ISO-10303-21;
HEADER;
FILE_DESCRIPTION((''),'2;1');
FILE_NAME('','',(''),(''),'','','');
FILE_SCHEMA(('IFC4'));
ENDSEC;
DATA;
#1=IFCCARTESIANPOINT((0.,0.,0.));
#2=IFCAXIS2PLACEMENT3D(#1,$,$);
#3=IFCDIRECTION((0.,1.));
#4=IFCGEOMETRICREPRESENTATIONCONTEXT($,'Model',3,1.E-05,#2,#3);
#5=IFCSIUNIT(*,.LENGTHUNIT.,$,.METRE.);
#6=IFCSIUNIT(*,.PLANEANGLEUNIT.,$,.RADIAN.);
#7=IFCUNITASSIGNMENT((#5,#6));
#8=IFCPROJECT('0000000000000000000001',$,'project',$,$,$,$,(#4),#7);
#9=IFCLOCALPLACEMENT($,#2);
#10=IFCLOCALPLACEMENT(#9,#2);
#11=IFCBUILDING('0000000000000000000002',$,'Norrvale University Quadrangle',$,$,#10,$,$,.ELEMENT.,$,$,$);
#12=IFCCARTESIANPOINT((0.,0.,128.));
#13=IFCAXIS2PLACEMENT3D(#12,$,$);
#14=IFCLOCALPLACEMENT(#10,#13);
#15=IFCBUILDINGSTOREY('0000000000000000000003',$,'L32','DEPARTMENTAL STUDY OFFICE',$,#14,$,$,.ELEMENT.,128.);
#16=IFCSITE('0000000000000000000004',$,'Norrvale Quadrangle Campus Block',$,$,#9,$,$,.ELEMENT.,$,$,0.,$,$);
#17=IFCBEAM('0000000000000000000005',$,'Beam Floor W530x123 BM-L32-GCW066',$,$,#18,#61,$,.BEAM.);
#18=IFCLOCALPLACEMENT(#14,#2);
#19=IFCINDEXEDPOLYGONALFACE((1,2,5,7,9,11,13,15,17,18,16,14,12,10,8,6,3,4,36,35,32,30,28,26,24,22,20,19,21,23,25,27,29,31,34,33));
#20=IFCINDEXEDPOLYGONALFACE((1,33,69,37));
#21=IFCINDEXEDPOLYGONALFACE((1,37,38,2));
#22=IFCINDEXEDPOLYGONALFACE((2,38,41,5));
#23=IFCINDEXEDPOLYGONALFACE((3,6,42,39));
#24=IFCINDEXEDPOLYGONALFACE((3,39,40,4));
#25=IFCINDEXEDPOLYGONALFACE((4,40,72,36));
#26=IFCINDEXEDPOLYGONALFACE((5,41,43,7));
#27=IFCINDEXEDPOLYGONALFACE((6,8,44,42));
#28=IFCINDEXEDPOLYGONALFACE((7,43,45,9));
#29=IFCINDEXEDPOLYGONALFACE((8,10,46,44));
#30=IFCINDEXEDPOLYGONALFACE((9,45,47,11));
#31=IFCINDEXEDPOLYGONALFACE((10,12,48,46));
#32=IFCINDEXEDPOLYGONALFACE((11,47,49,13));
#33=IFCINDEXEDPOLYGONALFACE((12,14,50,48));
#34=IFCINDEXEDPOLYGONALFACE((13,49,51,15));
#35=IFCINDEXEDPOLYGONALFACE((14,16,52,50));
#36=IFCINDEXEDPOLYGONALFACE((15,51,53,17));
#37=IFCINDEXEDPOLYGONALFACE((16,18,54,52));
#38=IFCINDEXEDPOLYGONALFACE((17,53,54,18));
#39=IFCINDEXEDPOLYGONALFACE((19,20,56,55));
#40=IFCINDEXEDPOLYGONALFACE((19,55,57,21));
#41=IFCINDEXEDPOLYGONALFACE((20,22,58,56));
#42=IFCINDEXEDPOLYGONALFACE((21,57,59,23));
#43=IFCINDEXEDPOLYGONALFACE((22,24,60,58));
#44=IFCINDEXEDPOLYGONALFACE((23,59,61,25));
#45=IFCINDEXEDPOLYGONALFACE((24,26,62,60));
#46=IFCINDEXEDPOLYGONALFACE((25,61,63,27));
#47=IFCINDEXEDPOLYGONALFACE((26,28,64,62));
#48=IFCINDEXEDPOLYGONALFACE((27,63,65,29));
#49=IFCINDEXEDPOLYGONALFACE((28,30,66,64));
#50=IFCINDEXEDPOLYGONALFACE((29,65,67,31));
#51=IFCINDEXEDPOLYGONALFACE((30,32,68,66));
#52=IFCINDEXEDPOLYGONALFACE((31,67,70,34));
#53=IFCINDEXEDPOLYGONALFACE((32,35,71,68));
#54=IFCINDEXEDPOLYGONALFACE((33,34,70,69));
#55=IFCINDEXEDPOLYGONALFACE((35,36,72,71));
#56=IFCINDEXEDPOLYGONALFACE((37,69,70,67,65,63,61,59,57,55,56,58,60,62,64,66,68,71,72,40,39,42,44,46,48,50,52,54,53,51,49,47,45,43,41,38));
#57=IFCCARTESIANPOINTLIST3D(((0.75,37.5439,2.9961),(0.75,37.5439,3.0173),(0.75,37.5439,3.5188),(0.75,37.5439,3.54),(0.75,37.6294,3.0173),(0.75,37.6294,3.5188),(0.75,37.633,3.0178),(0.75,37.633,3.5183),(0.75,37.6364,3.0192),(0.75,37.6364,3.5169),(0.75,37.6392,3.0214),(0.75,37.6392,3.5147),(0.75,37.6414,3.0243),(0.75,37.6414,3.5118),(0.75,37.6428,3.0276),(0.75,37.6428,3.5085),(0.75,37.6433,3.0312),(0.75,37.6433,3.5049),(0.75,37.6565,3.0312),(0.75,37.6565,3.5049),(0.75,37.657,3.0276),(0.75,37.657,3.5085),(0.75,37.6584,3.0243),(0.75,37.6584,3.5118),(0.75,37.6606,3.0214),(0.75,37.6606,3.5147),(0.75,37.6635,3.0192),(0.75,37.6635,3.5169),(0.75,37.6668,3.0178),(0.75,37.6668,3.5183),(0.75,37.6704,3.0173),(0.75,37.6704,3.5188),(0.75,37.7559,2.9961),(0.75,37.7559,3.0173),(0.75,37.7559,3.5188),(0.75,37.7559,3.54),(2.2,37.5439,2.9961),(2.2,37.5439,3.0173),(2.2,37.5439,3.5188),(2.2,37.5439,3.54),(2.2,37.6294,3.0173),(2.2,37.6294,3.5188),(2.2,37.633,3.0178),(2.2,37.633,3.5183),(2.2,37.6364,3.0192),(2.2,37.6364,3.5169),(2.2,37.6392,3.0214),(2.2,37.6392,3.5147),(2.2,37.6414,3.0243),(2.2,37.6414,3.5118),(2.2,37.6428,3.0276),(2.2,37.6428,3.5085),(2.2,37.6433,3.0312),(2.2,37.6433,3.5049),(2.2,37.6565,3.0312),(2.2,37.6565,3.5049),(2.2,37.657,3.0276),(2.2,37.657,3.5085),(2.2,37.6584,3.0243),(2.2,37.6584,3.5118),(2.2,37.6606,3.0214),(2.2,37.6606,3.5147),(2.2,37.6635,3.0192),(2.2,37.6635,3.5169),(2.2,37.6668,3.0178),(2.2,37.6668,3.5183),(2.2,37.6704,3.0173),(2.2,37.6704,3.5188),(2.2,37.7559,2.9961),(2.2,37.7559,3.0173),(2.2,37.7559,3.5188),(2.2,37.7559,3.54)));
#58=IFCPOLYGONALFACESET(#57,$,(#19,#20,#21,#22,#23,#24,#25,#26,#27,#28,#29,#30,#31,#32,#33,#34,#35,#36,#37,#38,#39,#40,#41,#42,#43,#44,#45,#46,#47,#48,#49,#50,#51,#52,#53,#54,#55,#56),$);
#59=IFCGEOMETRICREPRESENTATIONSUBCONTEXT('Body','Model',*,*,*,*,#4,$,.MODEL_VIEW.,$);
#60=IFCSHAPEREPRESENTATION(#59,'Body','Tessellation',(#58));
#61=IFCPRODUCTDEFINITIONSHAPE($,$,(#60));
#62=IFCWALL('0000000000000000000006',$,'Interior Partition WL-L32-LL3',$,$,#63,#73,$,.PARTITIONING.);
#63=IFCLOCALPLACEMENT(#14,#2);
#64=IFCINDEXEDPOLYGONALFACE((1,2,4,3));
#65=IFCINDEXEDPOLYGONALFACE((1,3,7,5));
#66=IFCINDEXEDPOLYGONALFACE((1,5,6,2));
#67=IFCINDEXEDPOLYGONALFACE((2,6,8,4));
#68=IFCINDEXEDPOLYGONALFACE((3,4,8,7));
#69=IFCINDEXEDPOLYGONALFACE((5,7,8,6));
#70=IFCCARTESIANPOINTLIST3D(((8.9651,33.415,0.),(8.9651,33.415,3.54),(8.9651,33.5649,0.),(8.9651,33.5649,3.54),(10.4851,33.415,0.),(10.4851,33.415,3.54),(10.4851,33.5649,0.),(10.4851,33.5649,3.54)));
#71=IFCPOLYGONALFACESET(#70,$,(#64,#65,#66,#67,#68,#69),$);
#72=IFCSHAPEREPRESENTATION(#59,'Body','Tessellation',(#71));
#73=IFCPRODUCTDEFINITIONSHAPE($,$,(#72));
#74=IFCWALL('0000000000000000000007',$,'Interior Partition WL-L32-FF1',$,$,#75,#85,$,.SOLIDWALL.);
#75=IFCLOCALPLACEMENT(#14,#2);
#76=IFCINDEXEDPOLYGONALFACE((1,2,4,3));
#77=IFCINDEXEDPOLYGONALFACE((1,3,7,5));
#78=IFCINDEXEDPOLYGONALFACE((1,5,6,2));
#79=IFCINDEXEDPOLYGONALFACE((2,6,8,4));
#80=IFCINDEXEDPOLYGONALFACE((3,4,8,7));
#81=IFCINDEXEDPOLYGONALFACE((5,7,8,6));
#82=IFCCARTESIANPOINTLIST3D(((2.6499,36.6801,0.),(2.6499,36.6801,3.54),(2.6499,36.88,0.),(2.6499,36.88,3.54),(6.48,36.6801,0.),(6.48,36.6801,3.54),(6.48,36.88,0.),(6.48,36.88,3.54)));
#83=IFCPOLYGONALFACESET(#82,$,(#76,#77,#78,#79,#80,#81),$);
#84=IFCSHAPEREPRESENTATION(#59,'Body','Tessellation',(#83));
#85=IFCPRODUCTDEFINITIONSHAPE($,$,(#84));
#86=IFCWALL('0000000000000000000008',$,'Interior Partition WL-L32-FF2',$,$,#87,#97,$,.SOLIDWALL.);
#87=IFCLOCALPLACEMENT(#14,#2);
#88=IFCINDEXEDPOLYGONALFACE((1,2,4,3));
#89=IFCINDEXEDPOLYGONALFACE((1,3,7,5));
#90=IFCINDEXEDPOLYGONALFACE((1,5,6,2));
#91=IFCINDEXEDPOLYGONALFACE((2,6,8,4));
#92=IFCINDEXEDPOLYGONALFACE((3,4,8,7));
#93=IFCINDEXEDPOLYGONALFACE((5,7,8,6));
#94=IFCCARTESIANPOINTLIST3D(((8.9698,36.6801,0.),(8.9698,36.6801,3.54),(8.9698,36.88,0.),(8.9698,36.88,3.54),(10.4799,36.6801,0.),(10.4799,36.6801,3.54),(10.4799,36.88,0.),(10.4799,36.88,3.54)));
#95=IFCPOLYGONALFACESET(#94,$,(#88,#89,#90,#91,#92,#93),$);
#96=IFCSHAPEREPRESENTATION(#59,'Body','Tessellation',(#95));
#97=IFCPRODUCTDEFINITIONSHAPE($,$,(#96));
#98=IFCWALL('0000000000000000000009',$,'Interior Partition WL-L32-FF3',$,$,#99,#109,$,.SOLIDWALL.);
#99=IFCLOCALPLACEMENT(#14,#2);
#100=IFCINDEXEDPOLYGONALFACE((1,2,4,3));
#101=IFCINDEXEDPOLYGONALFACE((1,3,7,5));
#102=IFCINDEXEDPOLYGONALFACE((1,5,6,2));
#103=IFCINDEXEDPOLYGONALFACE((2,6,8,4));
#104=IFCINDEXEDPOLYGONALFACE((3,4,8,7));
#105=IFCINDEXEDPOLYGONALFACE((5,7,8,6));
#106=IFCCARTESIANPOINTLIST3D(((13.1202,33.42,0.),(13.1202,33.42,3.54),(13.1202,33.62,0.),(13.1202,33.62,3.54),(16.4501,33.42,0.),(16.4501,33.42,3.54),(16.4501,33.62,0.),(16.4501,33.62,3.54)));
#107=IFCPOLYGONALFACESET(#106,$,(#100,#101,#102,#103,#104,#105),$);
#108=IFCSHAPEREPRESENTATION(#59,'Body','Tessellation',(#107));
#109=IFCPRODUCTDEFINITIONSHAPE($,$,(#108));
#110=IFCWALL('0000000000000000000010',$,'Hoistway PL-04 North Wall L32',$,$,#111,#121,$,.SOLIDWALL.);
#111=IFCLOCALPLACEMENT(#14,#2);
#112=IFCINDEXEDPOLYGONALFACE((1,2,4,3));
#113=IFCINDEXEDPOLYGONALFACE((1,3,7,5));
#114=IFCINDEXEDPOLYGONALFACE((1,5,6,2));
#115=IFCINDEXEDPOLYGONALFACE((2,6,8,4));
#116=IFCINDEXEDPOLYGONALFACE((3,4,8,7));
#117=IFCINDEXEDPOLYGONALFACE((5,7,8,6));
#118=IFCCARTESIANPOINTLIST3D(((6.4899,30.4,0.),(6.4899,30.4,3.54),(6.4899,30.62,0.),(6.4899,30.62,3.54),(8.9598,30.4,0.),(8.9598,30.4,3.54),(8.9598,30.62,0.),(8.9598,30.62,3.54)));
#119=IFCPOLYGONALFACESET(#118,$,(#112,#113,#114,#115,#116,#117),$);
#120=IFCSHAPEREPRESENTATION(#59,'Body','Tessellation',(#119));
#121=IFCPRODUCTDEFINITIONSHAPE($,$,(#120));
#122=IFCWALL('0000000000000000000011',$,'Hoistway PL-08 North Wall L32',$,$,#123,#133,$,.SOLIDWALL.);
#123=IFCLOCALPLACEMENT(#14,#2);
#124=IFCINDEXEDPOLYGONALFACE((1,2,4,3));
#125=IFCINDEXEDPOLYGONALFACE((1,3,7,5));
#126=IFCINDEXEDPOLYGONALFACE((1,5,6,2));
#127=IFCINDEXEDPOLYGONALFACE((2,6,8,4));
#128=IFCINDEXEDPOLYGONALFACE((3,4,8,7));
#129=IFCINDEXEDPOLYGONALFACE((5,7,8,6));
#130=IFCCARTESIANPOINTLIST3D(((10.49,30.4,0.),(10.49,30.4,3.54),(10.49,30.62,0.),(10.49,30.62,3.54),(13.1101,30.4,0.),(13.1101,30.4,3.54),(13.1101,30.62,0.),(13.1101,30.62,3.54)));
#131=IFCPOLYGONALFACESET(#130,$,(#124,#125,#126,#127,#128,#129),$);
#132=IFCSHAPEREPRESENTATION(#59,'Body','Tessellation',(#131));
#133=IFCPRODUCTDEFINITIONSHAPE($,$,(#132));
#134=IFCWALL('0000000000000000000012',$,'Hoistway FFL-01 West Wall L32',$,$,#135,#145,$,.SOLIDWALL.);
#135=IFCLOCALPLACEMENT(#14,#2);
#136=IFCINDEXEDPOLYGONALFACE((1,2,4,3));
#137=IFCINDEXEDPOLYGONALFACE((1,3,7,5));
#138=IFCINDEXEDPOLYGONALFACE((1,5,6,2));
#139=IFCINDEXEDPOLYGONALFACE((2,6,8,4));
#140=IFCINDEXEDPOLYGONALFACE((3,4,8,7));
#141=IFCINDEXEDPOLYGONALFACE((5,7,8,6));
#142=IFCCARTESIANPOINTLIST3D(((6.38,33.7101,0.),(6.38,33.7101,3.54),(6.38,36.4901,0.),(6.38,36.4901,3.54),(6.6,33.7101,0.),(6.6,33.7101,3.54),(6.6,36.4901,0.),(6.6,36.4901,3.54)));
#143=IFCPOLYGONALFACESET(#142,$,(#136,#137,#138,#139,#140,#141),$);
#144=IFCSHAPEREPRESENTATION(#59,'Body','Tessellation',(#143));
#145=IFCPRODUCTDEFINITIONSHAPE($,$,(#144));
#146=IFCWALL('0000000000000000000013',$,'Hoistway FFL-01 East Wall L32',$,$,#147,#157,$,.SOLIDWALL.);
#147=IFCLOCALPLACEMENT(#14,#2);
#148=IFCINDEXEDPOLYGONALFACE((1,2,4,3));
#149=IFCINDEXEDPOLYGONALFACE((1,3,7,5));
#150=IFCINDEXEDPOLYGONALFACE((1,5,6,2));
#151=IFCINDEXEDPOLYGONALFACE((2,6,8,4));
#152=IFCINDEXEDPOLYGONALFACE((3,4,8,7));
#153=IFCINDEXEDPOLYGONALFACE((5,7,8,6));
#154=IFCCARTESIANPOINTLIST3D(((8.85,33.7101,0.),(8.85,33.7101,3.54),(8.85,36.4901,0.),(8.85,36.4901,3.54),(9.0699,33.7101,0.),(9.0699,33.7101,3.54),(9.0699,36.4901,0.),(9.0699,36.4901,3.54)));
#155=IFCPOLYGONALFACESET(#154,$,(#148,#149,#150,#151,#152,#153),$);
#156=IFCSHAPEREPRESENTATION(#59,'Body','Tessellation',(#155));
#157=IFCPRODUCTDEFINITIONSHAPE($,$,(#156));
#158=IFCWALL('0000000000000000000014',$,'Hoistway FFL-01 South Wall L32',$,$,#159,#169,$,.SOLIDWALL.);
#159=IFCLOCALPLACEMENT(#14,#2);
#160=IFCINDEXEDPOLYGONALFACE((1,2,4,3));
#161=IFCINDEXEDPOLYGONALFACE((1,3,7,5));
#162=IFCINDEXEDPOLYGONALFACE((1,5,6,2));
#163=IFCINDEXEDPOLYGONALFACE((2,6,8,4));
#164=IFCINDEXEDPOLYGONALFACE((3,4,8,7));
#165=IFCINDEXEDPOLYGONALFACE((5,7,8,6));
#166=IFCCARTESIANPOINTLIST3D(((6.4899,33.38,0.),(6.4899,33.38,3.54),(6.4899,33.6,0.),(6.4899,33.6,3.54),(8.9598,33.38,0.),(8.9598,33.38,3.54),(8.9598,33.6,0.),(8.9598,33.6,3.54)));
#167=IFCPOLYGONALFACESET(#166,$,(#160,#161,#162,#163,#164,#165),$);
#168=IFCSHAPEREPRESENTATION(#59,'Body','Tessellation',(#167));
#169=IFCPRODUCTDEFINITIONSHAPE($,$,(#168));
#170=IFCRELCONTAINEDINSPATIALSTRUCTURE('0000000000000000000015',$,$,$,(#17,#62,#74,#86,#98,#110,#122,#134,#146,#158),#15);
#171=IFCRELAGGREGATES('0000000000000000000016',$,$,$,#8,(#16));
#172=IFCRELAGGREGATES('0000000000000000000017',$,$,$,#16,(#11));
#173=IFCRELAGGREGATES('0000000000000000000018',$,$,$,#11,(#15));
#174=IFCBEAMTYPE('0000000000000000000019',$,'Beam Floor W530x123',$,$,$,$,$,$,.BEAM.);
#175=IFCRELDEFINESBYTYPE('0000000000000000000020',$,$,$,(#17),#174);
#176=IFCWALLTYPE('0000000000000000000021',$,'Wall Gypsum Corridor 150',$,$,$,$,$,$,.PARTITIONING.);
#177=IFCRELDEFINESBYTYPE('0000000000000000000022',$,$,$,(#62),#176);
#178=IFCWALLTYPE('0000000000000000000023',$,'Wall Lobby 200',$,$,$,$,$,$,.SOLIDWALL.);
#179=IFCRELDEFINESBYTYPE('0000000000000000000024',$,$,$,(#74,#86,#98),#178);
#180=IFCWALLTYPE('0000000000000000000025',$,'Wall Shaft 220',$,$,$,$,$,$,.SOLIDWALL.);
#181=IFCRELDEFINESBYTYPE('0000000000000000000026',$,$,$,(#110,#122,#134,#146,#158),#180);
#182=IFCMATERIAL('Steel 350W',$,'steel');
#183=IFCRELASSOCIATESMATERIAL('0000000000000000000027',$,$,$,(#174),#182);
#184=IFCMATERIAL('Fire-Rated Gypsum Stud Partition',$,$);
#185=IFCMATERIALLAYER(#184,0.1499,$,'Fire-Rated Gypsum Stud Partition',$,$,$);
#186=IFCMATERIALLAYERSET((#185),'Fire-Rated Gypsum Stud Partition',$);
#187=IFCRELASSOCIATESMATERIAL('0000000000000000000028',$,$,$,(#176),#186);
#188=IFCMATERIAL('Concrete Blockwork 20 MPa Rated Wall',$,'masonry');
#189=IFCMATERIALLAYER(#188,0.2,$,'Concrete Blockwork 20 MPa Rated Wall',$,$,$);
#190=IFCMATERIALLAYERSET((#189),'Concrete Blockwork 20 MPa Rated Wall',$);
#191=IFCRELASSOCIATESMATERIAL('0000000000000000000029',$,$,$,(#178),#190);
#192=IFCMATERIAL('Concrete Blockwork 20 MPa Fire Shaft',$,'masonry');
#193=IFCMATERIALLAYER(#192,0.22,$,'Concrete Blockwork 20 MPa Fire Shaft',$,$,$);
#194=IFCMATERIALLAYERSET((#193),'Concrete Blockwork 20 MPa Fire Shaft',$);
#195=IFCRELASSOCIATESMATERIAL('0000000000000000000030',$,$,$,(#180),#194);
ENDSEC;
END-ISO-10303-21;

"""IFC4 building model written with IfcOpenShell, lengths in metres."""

from ifc_helpers import new_model, si_unit, direction, frame, frame_2d, origin, origin_2d, place, context, subcontext, project, spatial, rectangle, i_section, extrude, material, layer, layer_set, material_profile, profile_set, type_object, element, save


model = new_model("IFC4")

# Units and contexts
model_context = context("Model", 3, precision=1e-05, world=origin(), true_north=direction((0.0, 1.0)))
body_context = subcontext(model_context, "Body", "Model", "MODEL_VIEW")
ifc_project = project(units=[si_unit("LENGTHUNIT", "METRE"), si_unit("PLANEANGLEUNIT", "RADIAN")], contexts=[model_context])

# Site, building, storey
site_placement = place(None, origin())
site = spatial("IfcSite", under=ifc_project, at=site_placement, Name="Norrvale Quadrangle Campus Block", CompositionType="ELEMENT", RefElevation=0.0)
building_placement = place(site_placement, origin())
building = spatial("IfcBuilding", under=site, at=building_placement, Name="Norrvale University Quadrangle", CompositionType="ELEMENT")
storey_placement = place(building_placement, frame((0.0, 0.0, 128.0)))
storey = spatial("IfcBuildingStorey", under=building, at=storey_placement, Name="L32", Description="DEPARTMENTAL STUDY OFFICE", CompositionType="ELEMENT", Elevation=128.0)

# Beam
ifc_material_1 = material(Name="Steel 350W", Category="steel")
ifc_material_profile_1 = material_profile(ifc_material_1, i_section(OverallWidth=0.2119, OverallDepth=0.5439, WebThickness=0.0132, FlangeThickness=0.0212, FilletRadius=0.0139, at=origin_2d()), Name="Steel 350W")
ifc_profile_set_1 = profile_set([ifc_material_profile_1], Name="Steel 350W")
beam_type = type_object("IfcBeamType", Name="Beam Floor W530x123", PredefinedType="BEAM", material=ifc_profile_set_1)
for number, where, z_axis, x_axis, name in (
    (1, (0.75, 37.6499, 3.2681), (1.0, 0.0, 0.0), (0.0, 1.0, 0.0), "Beam Floor W530x123 BM-L32-GCW066"),
):
    element("IfcBeam", number, at=place(storey_placement, frame(where, z_axis=z_axis, x_axis=x_axis)), inside=storey, type_object=beam_type, Name=name, PredefinedType="BEAM", context=body_context, shape_type="SweptSolid", body=[
        extrude(i_section(OverallWidth=0.2119, OverallDepth=0.5439, WebThickness=0.0132, FlangeThickness=0.0212, FilletRadius=0.0139, at=origin_2d()), origin(), (0.0, 0.0, 1.0), 1.45),
    ])

# Walls
ifc_material_2 = material(Name="Fire-Rated Gypsum Stud Partition")
ifc_layer_1 = layer(ifc_material_2, 0.1499, Name="Fire-Rated Gypsum Stud Partition")
ifc_layer_set_1 = layer_set([ifc_layer_1], Name="Fire-Rated Gypsum Stud Partition")
wall_type_1 = type_object("IfcWallType", Name="Wall Gypsum Corridor 150", PredefinedType="PARTITIONING", material=ifc_layer_set_1)
wall_1_placement = place(storey_placement, frame((8.9651, 33.49, 0.0), z_axis=(0.0, 0.0, 1.0), x_axis=(1.0, 0.0, 0.0)))
element("IfcWall", 2, at=wall_1_placement, inside=storey, type_object=wall_type_1, Name="Interior Partition WL-L32-LL3", PredefinedType="PARTITIONING", context=body_context, shape_type="SweptSolid", body=[
    extrude(rectangle(XDim=1.52, YDim=0.1499, at=frame_2d((0.76, 0.0))), origin(), (0.0, 0.0, 1.0), 3.54),
])
ifc_material_3 = material(Name="Concrete Blockwork 20 MPa Rated Wall", Category="masonry")
ifc_layer_2 = layer(ifc_material_3, 0.2, Name="Concrete Blockwork 20 MPa Rated Wall")
ifc_layer_set_2 = layer_set([ifc_layer_2], Name="Concrete Blockwork 20 MPa Rated Wall")
wall_type_2 = type_object("IfcWallType", Name="Wall Lobby 200", PredefinedType="SOLIDWALL", material=ifc_layer_set_2)
wall_2_placement = place(storey_placement, frame((2.6499, 36.78, 0.0), z_axis=(0.0, 0.0, 1.0), x_axis=(1.0, 0.0, 0.0)))
element("IfcWall", 3, at=wall_2_placement, inside=storey, type_object=wall_type_2, Name="Interior Partition WL-L32-FF1", PredefinedType="SOLIDWALL", context=body_context, shape_type="SweptSolid", body=[
    extrude(rectangle(XDim=3.8301, YDim=0.2, at=frame_2d((1.915, 0.0))), origin(), (0.0, 0.0, 1.0), 3.54),
])
wall_3_placement = place(storey_placement, frame((8.97, 36.78, 0.0), z_axis=(0.0, 0.0, 1.0), x_axis=(1.0, 0.0, 0.0)))
element("IfcWall", 4, at=wall_3_placement, inside=storey, type_object=wall_type_2, Name="Interior Partition WL-L32-FF2", PredefinedType="SOLIDWALL", context=body_context, shape_type="SweptSolid", body=[
    extrude(rectangle(XDim=1.51, YDim=0.2, at=frame_2d((0.7549, 0.0))), origin(), (0.0, 0.0, 1.0), 3.54),
])
wall_4_placement = place(storey_placement, frame((13.1201, 33.52, 0.0), z_axis=(0.0, 0.0, 1.0), x_axis=(1.0, 0.0, 0.0)))
element("IfcWall", 5, at=wall_4_placement, inside=storey, type_object=wall_type_2, Name="Interior Partition WL-L32-FF3", PredefinedType="SOLIDWALL", context=body_context, shape_type="SweptSolid", body=[
    extrude(rectangle(XDim=3.3298, YDim=0.2, at=frame_2d((1.665, 0.0))), origin(), (0.0, 0.0, 1.0), 3.54),
])
ifc_material_4 = material(Name="Concrete Blockwork 20 MPa Fire Shaft", Category="masonry")
ifc_layer_3 = layer(ifc_material_4, 0.22, Name="Concrete Blockwork 20 MPa Fire Shaft")
ifc_layer_set_3 = layer_set([ifc_layer_3], Name="Concrete Blockwork 20 MPa Fire Shaft")
wall_type_3 = type_object("IfcWallType", Name="Wall Shaft 220", PredefinedType="SOLIDWALL", material=ifc_layer_set_3)
wall_5_placement = place(storey_placement, frame((6.49, 30.51, 0.0), z_axis=(0.0, 0.0, 1.0), x_axis=(1.0, 0.0, 0.0)))
element("IfcWall", 6, at=wall_5_placement, inside=storey, type_object=wall_type_3, Name="Hoistway PL-04 North Wall L32", PredefinedType="SOLIDWALL", context=body_context, shape_type="SweptSolid", body=[
    extrude(rectangle(XDim=2.47, YDim=0.22, at=frame_2d((1.2349, 0.0))), origin(), (0.0, 0.0, 1.0), 3.54),
])
wall_6_placement = place(storey_placement, frame((10.49, 30.51, 0.0), z_axis=(0.0, 0.0, 1.0), x_axis=(1.0, 0.0, 0.0)))
element("IfcWall", 7, at=wall_6_placement, inside=storey, type_object=wall_type_3, Name="Hoistway PL-08 North Wall L32", PredefinedType="SOLIDWALL", context=body_context, shape_type="SweptSolid", body=[
    extrude(rectangle(XDim=2.6201, YDim=0.22, at=frame_2d((1.3101, 0.0))), origin(), (0.0, 0.0, 1.0), 3.54),
])
for number, where, z_axis, x_axis, name in (
    (8, (6.49, 33.71, 0.0), (0.0, 0.0, 1.0), (0.0, 1.0, 0.0), "Hoistway FFL-01 West Wall L32"),
    (9, (8.96, 33.71, 0.0), (0.0, 0.0, 1.0), (0.0, 1.0, 0.0), "Hoistway FFL-01 East Wall L32"),
):
    element("IfcWall", number, at=place(storey_placement, frame(where, z_axis=z_axis, x_axis=x_axis)), inside=storey, type_object=wall_type_3, Name=name, PredefinedType="SOLIDWALL", context=body_context, shape_type="SweptSolid", body=[
        extrude(rectangle(XDim=2.78, YDim=0.22, at=frame_2d((1.3901, 0.0))), origin(), (0.0, 0.0, 1.0), 3.54),
    ])
wall_7_placement = place(storey_placement, frame((6.49, 33.49, 0.0), z_axis=(0.0, 0.0, 1.0), x_axis=(1.0, 0.0, 0.0)))
element("IfcWall", 10, at=wall_7_placement, inside=storey, type_object=wall_type_3, Name="Hoistway FFL-01 South Wall L32", PredefinedType="SOLIDWALL", context=body_context, shape_type="SweptSolid", body=[
    extrude(rectangle(XDim=2.47, YDim=0.22, at=frame_2d((1.2349, 0.0))), origin(), (0.0, 0.0, 1.0), 3.54),
])

save(model, "model.ifc")
